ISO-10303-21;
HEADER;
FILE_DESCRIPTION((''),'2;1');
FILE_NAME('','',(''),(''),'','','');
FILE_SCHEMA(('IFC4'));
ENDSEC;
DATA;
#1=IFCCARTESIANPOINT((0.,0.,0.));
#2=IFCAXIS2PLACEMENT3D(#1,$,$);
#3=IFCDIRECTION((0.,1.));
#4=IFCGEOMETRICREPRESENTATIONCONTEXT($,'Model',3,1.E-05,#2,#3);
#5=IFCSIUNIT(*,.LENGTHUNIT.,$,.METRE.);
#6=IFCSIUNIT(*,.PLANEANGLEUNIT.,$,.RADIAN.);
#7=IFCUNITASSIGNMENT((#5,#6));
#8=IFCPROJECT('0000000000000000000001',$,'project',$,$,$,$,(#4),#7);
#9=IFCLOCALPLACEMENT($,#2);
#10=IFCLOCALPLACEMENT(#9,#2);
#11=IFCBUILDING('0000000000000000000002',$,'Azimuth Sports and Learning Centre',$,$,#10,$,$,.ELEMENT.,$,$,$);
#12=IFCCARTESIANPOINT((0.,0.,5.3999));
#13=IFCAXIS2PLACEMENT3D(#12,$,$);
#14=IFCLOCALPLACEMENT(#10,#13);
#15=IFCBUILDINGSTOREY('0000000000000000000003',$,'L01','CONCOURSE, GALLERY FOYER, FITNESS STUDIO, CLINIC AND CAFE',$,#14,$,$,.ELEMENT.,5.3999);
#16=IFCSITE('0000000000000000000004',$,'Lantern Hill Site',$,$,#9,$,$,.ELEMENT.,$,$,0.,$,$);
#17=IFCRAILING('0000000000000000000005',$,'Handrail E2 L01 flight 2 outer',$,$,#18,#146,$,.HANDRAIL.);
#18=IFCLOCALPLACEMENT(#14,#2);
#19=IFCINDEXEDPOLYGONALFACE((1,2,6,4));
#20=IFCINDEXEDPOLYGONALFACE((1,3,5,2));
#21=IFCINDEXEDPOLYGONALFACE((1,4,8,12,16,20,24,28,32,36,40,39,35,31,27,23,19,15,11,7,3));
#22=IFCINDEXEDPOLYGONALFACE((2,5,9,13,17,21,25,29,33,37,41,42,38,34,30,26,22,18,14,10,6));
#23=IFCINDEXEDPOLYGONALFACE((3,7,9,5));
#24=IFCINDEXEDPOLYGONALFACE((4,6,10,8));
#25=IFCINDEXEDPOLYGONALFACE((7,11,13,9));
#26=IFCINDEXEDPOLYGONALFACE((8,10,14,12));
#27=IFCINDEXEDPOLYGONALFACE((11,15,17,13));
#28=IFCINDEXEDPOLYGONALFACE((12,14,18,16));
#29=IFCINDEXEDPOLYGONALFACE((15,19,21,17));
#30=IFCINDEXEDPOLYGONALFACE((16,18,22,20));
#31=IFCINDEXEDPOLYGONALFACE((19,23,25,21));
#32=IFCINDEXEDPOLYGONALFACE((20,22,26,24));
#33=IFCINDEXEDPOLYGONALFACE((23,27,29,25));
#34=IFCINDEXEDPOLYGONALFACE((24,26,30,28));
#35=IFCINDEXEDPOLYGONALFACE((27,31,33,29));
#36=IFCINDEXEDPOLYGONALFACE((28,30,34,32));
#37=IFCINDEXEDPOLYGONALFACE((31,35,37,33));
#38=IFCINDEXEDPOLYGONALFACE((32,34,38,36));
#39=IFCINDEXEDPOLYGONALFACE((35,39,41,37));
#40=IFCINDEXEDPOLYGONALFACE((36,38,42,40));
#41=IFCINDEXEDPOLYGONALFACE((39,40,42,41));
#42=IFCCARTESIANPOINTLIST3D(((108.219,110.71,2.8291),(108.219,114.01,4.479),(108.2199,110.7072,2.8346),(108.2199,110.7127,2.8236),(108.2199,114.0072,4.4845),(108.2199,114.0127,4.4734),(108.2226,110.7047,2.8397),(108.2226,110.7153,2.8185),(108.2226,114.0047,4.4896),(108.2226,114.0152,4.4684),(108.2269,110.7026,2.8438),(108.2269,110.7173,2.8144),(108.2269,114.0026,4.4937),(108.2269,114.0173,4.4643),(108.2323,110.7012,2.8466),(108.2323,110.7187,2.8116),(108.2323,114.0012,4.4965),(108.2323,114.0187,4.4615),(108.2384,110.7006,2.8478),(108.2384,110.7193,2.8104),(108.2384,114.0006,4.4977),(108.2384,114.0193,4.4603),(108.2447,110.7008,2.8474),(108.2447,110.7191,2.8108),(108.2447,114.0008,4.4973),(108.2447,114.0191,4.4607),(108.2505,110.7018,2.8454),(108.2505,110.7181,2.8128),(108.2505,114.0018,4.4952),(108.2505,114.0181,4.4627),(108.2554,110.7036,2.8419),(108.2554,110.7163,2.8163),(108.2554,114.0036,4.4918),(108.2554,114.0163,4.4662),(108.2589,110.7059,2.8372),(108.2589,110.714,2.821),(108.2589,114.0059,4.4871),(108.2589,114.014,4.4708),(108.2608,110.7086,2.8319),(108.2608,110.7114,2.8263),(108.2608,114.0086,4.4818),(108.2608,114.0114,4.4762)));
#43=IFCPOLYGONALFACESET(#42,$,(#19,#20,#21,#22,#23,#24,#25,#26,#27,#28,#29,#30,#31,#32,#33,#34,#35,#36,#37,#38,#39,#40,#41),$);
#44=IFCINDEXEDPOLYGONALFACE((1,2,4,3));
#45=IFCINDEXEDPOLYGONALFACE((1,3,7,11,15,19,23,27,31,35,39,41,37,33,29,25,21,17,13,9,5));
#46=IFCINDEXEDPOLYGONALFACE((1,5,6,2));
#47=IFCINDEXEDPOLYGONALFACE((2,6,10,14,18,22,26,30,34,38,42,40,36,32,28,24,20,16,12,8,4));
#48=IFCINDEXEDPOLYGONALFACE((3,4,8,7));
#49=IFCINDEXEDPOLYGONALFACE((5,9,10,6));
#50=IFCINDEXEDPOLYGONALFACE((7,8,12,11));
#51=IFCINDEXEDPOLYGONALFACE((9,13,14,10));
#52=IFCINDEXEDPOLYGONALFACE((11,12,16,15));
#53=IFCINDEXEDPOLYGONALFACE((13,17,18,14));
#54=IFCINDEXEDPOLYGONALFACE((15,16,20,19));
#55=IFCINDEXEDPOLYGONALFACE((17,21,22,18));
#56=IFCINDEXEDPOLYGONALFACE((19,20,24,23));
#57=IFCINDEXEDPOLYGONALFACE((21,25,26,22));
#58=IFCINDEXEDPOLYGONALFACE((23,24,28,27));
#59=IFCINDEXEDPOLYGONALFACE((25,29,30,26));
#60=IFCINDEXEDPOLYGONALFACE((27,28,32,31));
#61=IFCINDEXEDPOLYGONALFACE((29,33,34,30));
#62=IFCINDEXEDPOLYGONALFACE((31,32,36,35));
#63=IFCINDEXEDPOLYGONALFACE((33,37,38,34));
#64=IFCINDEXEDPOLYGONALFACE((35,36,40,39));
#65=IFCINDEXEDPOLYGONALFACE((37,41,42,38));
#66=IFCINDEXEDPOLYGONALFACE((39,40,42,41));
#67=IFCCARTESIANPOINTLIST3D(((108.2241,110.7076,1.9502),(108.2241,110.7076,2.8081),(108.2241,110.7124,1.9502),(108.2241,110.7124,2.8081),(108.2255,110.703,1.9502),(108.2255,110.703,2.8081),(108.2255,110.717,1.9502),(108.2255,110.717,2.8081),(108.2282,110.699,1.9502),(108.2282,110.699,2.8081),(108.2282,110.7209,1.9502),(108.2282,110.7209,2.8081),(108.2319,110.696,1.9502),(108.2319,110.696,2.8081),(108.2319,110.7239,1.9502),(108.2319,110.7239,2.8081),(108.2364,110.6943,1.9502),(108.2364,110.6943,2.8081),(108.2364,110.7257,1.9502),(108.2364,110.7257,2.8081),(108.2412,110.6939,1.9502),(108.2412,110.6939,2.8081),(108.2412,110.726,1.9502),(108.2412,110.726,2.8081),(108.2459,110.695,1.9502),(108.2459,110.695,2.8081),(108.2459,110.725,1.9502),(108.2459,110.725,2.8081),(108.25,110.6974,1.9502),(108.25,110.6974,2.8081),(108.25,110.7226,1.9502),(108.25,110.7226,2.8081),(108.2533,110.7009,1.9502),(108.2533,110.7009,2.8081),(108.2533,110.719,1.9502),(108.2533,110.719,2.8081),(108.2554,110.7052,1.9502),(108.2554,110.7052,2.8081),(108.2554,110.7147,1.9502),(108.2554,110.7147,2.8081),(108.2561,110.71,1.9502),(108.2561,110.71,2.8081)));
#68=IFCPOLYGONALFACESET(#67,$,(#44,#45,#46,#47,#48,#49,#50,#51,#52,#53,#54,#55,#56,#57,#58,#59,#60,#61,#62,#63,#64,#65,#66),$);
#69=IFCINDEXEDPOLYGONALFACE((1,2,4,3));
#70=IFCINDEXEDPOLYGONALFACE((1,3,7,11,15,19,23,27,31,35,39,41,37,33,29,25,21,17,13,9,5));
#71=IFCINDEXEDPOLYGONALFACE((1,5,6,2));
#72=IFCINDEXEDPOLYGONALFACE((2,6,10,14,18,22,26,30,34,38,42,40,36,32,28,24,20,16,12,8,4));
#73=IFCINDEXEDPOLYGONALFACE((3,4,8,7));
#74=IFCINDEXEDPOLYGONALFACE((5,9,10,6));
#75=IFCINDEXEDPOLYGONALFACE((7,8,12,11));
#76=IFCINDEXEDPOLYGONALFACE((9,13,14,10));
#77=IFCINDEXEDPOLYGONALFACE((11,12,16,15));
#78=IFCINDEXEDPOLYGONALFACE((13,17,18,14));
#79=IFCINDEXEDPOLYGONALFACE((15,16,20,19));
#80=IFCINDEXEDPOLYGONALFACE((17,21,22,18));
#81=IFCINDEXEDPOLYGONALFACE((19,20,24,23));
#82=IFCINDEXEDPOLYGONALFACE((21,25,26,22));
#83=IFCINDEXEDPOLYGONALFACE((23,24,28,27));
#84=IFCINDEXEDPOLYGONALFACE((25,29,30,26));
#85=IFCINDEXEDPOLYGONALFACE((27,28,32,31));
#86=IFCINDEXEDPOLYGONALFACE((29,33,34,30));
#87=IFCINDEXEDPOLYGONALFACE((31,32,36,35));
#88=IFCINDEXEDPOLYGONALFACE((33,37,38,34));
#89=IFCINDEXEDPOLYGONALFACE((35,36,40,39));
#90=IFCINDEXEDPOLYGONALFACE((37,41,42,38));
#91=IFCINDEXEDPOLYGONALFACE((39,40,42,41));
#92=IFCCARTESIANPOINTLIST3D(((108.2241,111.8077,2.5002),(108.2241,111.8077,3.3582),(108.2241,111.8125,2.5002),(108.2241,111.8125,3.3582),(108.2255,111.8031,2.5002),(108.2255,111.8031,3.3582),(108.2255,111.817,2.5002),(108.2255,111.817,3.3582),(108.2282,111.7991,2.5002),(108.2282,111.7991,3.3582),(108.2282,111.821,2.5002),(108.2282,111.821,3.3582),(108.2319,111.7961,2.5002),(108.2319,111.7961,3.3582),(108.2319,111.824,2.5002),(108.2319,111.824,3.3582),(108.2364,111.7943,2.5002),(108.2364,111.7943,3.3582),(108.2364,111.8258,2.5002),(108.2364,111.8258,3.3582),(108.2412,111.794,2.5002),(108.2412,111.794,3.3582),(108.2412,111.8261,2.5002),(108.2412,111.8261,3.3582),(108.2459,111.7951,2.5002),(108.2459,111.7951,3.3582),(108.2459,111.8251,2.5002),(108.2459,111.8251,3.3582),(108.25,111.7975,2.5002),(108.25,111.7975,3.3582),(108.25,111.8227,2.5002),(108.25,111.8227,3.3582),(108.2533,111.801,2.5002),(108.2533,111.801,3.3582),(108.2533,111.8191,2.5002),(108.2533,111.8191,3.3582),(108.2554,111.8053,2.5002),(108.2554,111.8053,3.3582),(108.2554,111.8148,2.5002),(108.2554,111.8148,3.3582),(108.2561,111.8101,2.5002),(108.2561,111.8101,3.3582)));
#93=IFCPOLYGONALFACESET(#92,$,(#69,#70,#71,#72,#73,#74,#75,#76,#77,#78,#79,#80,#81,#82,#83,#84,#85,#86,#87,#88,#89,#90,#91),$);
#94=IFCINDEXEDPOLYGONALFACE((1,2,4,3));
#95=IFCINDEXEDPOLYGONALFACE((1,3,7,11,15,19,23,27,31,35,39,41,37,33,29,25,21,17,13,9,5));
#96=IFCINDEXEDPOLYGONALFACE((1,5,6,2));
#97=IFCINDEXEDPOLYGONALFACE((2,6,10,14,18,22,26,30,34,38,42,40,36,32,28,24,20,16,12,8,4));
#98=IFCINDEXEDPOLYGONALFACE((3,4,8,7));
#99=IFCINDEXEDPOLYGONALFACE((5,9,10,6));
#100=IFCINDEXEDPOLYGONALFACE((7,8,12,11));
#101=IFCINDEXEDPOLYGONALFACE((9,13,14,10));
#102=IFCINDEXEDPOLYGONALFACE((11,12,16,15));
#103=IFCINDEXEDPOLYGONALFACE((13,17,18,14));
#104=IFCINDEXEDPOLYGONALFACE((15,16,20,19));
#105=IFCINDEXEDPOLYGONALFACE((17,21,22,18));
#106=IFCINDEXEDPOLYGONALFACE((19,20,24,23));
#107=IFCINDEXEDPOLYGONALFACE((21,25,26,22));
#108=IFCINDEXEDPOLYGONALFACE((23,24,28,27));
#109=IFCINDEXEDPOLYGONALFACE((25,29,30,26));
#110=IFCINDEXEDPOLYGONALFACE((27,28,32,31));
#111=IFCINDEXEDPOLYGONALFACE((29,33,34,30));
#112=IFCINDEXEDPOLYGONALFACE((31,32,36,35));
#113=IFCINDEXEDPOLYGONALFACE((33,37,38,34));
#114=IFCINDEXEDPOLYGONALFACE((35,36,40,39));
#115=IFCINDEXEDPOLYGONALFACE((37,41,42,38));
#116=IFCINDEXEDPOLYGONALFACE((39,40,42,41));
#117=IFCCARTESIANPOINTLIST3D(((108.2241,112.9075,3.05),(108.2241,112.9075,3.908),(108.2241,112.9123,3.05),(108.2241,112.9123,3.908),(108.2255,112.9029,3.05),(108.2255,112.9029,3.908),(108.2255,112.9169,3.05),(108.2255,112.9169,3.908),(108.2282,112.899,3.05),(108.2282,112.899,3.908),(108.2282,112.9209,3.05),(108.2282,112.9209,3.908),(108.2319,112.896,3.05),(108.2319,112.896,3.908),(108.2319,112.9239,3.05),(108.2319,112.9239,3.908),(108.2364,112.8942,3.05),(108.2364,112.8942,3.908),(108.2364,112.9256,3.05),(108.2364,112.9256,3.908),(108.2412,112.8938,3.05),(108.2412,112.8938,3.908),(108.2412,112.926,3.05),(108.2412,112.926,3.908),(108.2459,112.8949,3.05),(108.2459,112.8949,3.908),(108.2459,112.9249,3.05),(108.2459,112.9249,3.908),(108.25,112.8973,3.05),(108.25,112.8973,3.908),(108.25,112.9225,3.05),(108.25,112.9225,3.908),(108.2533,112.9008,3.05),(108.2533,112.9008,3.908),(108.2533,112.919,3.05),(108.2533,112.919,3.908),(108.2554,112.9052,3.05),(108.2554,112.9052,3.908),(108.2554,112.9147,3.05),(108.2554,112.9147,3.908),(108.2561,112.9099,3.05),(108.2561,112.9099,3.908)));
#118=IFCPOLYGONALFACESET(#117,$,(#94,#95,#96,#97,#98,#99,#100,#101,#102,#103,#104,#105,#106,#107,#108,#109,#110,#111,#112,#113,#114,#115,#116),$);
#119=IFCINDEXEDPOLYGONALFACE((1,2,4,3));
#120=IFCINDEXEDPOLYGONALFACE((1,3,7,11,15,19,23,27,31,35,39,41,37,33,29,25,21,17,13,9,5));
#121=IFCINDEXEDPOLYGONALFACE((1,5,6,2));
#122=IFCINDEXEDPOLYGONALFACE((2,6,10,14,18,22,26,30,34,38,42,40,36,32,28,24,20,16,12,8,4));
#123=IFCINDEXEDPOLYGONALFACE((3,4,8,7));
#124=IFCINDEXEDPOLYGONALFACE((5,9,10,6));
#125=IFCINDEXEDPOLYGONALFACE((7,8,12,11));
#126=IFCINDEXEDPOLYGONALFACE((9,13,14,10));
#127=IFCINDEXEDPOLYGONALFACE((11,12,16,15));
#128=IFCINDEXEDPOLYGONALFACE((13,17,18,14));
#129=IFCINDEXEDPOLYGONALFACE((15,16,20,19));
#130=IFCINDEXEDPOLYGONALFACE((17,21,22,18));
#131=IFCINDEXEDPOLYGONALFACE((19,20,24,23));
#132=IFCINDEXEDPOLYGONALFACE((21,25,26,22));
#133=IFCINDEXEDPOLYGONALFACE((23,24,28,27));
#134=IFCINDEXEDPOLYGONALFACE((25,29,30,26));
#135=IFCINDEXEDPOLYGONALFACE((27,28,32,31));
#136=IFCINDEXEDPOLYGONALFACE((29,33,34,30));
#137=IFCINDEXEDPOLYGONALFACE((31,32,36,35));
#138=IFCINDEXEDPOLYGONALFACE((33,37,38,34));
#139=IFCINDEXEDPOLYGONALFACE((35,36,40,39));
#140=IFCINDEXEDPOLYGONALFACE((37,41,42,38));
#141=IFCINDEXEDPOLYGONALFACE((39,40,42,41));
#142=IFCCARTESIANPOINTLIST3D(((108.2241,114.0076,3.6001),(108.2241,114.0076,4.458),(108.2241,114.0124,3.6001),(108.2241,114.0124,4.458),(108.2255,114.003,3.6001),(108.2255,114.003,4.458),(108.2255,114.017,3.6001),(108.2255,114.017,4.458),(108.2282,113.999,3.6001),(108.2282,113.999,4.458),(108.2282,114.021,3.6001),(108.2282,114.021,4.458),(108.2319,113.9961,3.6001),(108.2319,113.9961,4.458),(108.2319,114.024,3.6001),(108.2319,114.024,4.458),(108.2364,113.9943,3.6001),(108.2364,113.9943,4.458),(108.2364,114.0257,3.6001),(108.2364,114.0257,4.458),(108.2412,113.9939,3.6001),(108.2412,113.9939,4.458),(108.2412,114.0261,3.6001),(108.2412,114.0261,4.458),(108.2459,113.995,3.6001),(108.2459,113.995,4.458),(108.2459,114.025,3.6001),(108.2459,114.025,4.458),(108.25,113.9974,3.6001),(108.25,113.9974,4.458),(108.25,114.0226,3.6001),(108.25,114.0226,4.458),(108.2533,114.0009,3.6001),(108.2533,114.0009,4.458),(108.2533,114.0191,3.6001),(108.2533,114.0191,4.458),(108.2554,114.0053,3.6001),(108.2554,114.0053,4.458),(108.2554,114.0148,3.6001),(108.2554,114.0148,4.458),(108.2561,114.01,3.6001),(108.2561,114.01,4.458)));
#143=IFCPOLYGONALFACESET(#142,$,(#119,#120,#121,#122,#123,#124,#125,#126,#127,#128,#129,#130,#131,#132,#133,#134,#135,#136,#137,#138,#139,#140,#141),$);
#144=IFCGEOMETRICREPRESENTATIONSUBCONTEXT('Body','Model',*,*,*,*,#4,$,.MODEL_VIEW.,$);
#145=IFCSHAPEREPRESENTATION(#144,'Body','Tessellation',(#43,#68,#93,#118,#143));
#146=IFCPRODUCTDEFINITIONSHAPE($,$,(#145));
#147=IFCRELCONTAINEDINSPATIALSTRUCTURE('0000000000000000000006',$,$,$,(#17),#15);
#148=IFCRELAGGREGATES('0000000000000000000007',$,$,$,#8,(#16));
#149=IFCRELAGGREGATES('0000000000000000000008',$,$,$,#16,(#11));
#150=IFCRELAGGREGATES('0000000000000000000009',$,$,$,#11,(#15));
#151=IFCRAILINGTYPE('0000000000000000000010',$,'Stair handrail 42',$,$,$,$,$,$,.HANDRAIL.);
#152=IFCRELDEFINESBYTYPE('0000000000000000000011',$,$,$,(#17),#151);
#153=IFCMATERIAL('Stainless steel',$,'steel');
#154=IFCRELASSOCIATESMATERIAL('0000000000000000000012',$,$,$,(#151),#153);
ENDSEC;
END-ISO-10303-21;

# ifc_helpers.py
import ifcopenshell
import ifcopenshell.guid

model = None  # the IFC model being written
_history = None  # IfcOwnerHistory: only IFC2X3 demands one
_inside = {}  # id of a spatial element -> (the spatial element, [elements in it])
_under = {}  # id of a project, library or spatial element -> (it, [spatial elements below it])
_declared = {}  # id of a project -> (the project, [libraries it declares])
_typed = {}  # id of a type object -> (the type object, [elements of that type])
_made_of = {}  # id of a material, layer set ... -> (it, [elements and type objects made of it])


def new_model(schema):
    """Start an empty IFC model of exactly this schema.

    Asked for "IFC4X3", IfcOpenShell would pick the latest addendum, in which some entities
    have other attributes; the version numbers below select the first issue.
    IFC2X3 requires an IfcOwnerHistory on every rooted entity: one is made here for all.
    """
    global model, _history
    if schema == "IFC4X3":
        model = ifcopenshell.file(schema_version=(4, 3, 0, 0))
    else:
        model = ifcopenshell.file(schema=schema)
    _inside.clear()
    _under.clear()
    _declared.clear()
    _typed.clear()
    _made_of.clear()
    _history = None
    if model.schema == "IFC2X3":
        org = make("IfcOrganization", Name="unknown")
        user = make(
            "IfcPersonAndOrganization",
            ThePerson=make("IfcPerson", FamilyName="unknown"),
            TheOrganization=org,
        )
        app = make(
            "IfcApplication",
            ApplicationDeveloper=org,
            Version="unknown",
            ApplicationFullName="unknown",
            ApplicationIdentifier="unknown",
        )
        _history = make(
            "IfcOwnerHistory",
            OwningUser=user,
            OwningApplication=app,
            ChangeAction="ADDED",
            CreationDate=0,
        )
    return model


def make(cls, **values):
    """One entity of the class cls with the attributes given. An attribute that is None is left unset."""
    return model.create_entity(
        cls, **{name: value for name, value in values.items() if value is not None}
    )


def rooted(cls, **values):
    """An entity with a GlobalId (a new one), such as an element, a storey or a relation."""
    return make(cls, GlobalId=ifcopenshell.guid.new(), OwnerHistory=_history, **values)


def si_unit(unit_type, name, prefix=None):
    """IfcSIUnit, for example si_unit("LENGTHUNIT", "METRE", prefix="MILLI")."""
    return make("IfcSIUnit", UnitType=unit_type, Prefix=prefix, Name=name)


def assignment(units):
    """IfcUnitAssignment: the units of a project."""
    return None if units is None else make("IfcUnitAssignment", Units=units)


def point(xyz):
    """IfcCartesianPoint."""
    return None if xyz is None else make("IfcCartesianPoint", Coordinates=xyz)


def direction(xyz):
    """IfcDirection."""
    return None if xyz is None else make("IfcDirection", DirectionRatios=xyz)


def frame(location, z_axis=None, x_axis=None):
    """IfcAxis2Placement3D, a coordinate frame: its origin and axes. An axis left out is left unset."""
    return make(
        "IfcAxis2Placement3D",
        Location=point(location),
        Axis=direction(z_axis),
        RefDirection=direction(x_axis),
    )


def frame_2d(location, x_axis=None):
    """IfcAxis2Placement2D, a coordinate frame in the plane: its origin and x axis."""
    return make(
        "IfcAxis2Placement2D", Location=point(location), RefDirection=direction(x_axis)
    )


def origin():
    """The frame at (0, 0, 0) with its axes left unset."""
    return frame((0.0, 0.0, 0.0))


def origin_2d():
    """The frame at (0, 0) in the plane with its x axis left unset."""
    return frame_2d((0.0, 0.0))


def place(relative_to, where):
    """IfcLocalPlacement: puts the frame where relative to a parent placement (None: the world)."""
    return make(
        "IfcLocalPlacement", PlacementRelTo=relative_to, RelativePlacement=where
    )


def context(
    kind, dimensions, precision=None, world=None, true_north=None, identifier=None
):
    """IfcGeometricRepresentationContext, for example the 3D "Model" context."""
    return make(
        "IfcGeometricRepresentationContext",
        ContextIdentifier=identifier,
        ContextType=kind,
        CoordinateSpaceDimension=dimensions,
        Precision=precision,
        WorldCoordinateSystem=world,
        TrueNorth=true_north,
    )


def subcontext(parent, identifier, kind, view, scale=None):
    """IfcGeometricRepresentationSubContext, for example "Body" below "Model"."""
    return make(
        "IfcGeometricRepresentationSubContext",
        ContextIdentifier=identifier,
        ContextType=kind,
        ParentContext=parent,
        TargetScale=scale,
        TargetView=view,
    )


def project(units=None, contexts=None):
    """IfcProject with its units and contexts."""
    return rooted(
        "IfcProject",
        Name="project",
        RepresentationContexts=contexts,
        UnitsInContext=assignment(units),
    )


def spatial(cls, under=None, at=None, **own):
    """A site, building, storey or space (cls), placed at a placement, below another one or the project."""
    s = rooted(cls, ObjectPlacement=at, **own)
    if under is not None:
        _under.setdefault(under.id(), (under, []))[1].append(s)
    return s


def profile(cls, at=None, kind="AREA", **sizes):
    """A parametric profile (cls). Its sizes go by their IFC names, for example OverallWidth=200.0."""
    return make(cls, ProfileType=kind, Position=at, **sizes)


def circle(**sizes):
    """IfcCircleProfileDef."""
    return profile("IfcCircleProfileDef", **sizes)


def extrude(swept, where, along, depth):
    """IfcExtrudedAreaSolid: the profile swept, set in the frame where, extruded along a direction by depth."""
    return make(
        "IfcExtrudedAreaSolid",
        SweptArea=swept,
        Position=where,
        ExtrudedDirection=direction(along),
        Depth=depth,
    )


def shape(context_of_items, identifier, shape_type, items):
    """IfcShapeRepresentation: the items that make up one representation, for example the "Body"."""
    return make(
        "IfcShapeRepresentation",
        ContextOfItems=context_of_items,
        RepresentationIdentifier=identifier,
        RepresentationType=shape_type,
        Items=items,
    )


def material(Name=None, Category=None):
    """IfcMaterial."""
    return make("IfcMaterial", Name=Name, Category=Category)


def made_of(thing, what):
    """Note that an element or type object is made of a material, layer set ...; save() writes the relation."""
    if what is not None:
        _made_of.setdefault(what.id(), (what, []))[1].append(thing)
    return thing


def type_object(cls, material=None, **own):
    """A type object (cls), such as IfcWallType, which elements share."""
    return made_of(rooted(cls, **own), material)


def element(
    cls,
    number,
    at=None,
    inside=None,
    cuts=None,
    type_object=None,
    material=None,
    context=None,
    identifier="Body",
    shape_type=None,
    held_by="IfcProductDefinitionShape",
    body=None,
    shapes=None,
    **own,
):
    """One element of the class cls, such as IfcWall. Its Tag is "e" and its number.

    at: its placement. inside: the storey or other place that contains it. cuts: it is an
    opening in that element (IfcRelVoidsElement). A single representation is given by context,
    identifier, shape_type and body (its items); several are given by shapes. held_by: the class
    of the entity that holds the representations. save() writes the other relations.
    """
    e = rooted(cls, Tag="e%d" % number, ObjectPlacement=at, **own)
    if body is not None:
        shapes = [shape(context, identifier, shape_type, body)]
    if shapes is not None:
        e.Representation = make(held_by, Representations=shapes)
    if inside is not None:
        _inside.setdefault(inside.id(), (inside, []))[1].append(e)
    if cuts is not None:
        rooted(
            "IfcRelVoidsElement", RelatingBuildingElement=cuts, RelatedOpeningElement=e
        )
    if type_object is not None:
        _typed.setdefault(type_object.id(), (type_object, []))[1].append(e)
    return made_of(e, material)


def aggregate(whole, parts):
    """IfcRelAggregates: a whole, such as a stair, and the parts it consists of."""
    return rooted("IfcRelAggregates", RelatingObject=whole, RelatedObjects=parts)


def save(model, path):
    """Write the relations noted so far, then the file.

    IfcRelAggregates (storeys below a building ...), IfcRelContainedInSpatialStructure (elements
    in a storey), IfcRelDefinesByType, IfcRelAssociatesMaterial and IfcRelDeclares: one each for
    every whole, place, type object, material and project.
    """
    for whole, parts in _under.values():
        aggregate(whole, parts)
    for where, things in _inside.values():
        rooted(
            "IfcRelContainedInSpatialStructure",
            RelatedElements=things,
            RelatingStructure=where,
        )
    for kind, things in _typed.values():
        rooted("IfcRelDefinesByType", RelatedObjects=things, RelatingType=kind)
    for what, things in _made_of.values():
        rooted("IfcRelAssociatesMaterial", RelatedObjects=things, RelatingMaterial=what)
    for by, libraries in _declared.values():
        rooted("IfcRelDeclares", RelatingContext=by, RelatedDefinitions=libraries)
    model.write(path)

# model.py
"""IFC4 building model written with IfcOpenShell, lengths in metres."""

from ifc_helpers import new_model, si_unit, direction, frame, origin, origin_2d, place, context, subcontext, project, spatial, circle, extrude, material, type_object, element, save


model = new_model("IFC4")

# Units and contexts
model_context = context("Model", 3, precision=1e-05, world=origin(), true_north=direction((0.0, 1.0)))
body_context = subcontext(model_context, "Body", "Model", "MODEL_VIEW")
ifc_project = project(units=[si_unit("LENGTHUNIT", "METRE"), si_unit("PLANEANGLEUNIT", "RADIAN")], contexts=[model_context])

# Site, building, storey
site_placement = place(None, origin())
site = spatial("IfcSite", under=ifc_project, at=site_placement, Name="Lantern Hill Site", CompositionType="ELEMENT", RefElevation=0.0)
building_placement = place(site_placement, origin())
building = spatial("IfcBuilding", under=site, at=building_placement, Name="Azimuth Sports and Learning Centre", CompositionType="ELEMENT")
storey_placement = place(building_placement, frame((0.0, 0.0, 5.3999)))
storey = spatial("IfcBuildingStorey", under=building, at=storey_placement, Name="L01", Description="CONCOURSE, GALLERY FOYER, FITNESS STUDIO, CLINIC AND CAFE", CompositionType="ELEMENT", Elevation=5.3999)

# Railing
ifc_material_1 = material(Name="Stainless steel", Category="steel")
railing_type = type_object("IfcRailingType", Name="Stair handrail 42", PredefinedType="HANDRAIL", material=ifc_material_1)
for number, where, name in (
    (1, (108.24, 110.71, 1.9502), "Handrail E2 L01 flight 2 outer"),
):
    element("IfcRailing", number, at=place(storey_placement, frame(where)), inside=storey, type_object=railing_type, Name=name, PredefinedType="HANDRAIL", context=body_context, shape_type="SweptSolid", body=[
        extrude(circle(Radius=0.021, at=origin_2d()), frame((0.0, 0.0, 0.8789), z_axis=(0.0, 0.89444, 0.447187), x_axis=(-1.0, 0.0, 0.0)), (0.0, 0.0, 1.0), 3.6895),
        extrude(circle(Radius=0.0161, at=origin_2d()), origin(), (0.0, 0.0, 1.0), 0.8579),
        extrude(circle(Radius=0.0161, at=origin_2d()), frame((0.0, 1.1001, 0.55)), (0.0, 0.0, 1.0), 0.8579),
        extrude(circle(Radius=0.0161, at=origin_2d()), frame((0.0, 2.2, 1.0999)), (0.0, 0.0, 1.0), 0.8579),
        extrude(circle(Radius=0.0161, at=origin_2d()), frame((0.0, 3.3, 1.6499)), (0.0, 0.0, 1.0), 0.8579),
    ])

save(model, "model.ifc")
